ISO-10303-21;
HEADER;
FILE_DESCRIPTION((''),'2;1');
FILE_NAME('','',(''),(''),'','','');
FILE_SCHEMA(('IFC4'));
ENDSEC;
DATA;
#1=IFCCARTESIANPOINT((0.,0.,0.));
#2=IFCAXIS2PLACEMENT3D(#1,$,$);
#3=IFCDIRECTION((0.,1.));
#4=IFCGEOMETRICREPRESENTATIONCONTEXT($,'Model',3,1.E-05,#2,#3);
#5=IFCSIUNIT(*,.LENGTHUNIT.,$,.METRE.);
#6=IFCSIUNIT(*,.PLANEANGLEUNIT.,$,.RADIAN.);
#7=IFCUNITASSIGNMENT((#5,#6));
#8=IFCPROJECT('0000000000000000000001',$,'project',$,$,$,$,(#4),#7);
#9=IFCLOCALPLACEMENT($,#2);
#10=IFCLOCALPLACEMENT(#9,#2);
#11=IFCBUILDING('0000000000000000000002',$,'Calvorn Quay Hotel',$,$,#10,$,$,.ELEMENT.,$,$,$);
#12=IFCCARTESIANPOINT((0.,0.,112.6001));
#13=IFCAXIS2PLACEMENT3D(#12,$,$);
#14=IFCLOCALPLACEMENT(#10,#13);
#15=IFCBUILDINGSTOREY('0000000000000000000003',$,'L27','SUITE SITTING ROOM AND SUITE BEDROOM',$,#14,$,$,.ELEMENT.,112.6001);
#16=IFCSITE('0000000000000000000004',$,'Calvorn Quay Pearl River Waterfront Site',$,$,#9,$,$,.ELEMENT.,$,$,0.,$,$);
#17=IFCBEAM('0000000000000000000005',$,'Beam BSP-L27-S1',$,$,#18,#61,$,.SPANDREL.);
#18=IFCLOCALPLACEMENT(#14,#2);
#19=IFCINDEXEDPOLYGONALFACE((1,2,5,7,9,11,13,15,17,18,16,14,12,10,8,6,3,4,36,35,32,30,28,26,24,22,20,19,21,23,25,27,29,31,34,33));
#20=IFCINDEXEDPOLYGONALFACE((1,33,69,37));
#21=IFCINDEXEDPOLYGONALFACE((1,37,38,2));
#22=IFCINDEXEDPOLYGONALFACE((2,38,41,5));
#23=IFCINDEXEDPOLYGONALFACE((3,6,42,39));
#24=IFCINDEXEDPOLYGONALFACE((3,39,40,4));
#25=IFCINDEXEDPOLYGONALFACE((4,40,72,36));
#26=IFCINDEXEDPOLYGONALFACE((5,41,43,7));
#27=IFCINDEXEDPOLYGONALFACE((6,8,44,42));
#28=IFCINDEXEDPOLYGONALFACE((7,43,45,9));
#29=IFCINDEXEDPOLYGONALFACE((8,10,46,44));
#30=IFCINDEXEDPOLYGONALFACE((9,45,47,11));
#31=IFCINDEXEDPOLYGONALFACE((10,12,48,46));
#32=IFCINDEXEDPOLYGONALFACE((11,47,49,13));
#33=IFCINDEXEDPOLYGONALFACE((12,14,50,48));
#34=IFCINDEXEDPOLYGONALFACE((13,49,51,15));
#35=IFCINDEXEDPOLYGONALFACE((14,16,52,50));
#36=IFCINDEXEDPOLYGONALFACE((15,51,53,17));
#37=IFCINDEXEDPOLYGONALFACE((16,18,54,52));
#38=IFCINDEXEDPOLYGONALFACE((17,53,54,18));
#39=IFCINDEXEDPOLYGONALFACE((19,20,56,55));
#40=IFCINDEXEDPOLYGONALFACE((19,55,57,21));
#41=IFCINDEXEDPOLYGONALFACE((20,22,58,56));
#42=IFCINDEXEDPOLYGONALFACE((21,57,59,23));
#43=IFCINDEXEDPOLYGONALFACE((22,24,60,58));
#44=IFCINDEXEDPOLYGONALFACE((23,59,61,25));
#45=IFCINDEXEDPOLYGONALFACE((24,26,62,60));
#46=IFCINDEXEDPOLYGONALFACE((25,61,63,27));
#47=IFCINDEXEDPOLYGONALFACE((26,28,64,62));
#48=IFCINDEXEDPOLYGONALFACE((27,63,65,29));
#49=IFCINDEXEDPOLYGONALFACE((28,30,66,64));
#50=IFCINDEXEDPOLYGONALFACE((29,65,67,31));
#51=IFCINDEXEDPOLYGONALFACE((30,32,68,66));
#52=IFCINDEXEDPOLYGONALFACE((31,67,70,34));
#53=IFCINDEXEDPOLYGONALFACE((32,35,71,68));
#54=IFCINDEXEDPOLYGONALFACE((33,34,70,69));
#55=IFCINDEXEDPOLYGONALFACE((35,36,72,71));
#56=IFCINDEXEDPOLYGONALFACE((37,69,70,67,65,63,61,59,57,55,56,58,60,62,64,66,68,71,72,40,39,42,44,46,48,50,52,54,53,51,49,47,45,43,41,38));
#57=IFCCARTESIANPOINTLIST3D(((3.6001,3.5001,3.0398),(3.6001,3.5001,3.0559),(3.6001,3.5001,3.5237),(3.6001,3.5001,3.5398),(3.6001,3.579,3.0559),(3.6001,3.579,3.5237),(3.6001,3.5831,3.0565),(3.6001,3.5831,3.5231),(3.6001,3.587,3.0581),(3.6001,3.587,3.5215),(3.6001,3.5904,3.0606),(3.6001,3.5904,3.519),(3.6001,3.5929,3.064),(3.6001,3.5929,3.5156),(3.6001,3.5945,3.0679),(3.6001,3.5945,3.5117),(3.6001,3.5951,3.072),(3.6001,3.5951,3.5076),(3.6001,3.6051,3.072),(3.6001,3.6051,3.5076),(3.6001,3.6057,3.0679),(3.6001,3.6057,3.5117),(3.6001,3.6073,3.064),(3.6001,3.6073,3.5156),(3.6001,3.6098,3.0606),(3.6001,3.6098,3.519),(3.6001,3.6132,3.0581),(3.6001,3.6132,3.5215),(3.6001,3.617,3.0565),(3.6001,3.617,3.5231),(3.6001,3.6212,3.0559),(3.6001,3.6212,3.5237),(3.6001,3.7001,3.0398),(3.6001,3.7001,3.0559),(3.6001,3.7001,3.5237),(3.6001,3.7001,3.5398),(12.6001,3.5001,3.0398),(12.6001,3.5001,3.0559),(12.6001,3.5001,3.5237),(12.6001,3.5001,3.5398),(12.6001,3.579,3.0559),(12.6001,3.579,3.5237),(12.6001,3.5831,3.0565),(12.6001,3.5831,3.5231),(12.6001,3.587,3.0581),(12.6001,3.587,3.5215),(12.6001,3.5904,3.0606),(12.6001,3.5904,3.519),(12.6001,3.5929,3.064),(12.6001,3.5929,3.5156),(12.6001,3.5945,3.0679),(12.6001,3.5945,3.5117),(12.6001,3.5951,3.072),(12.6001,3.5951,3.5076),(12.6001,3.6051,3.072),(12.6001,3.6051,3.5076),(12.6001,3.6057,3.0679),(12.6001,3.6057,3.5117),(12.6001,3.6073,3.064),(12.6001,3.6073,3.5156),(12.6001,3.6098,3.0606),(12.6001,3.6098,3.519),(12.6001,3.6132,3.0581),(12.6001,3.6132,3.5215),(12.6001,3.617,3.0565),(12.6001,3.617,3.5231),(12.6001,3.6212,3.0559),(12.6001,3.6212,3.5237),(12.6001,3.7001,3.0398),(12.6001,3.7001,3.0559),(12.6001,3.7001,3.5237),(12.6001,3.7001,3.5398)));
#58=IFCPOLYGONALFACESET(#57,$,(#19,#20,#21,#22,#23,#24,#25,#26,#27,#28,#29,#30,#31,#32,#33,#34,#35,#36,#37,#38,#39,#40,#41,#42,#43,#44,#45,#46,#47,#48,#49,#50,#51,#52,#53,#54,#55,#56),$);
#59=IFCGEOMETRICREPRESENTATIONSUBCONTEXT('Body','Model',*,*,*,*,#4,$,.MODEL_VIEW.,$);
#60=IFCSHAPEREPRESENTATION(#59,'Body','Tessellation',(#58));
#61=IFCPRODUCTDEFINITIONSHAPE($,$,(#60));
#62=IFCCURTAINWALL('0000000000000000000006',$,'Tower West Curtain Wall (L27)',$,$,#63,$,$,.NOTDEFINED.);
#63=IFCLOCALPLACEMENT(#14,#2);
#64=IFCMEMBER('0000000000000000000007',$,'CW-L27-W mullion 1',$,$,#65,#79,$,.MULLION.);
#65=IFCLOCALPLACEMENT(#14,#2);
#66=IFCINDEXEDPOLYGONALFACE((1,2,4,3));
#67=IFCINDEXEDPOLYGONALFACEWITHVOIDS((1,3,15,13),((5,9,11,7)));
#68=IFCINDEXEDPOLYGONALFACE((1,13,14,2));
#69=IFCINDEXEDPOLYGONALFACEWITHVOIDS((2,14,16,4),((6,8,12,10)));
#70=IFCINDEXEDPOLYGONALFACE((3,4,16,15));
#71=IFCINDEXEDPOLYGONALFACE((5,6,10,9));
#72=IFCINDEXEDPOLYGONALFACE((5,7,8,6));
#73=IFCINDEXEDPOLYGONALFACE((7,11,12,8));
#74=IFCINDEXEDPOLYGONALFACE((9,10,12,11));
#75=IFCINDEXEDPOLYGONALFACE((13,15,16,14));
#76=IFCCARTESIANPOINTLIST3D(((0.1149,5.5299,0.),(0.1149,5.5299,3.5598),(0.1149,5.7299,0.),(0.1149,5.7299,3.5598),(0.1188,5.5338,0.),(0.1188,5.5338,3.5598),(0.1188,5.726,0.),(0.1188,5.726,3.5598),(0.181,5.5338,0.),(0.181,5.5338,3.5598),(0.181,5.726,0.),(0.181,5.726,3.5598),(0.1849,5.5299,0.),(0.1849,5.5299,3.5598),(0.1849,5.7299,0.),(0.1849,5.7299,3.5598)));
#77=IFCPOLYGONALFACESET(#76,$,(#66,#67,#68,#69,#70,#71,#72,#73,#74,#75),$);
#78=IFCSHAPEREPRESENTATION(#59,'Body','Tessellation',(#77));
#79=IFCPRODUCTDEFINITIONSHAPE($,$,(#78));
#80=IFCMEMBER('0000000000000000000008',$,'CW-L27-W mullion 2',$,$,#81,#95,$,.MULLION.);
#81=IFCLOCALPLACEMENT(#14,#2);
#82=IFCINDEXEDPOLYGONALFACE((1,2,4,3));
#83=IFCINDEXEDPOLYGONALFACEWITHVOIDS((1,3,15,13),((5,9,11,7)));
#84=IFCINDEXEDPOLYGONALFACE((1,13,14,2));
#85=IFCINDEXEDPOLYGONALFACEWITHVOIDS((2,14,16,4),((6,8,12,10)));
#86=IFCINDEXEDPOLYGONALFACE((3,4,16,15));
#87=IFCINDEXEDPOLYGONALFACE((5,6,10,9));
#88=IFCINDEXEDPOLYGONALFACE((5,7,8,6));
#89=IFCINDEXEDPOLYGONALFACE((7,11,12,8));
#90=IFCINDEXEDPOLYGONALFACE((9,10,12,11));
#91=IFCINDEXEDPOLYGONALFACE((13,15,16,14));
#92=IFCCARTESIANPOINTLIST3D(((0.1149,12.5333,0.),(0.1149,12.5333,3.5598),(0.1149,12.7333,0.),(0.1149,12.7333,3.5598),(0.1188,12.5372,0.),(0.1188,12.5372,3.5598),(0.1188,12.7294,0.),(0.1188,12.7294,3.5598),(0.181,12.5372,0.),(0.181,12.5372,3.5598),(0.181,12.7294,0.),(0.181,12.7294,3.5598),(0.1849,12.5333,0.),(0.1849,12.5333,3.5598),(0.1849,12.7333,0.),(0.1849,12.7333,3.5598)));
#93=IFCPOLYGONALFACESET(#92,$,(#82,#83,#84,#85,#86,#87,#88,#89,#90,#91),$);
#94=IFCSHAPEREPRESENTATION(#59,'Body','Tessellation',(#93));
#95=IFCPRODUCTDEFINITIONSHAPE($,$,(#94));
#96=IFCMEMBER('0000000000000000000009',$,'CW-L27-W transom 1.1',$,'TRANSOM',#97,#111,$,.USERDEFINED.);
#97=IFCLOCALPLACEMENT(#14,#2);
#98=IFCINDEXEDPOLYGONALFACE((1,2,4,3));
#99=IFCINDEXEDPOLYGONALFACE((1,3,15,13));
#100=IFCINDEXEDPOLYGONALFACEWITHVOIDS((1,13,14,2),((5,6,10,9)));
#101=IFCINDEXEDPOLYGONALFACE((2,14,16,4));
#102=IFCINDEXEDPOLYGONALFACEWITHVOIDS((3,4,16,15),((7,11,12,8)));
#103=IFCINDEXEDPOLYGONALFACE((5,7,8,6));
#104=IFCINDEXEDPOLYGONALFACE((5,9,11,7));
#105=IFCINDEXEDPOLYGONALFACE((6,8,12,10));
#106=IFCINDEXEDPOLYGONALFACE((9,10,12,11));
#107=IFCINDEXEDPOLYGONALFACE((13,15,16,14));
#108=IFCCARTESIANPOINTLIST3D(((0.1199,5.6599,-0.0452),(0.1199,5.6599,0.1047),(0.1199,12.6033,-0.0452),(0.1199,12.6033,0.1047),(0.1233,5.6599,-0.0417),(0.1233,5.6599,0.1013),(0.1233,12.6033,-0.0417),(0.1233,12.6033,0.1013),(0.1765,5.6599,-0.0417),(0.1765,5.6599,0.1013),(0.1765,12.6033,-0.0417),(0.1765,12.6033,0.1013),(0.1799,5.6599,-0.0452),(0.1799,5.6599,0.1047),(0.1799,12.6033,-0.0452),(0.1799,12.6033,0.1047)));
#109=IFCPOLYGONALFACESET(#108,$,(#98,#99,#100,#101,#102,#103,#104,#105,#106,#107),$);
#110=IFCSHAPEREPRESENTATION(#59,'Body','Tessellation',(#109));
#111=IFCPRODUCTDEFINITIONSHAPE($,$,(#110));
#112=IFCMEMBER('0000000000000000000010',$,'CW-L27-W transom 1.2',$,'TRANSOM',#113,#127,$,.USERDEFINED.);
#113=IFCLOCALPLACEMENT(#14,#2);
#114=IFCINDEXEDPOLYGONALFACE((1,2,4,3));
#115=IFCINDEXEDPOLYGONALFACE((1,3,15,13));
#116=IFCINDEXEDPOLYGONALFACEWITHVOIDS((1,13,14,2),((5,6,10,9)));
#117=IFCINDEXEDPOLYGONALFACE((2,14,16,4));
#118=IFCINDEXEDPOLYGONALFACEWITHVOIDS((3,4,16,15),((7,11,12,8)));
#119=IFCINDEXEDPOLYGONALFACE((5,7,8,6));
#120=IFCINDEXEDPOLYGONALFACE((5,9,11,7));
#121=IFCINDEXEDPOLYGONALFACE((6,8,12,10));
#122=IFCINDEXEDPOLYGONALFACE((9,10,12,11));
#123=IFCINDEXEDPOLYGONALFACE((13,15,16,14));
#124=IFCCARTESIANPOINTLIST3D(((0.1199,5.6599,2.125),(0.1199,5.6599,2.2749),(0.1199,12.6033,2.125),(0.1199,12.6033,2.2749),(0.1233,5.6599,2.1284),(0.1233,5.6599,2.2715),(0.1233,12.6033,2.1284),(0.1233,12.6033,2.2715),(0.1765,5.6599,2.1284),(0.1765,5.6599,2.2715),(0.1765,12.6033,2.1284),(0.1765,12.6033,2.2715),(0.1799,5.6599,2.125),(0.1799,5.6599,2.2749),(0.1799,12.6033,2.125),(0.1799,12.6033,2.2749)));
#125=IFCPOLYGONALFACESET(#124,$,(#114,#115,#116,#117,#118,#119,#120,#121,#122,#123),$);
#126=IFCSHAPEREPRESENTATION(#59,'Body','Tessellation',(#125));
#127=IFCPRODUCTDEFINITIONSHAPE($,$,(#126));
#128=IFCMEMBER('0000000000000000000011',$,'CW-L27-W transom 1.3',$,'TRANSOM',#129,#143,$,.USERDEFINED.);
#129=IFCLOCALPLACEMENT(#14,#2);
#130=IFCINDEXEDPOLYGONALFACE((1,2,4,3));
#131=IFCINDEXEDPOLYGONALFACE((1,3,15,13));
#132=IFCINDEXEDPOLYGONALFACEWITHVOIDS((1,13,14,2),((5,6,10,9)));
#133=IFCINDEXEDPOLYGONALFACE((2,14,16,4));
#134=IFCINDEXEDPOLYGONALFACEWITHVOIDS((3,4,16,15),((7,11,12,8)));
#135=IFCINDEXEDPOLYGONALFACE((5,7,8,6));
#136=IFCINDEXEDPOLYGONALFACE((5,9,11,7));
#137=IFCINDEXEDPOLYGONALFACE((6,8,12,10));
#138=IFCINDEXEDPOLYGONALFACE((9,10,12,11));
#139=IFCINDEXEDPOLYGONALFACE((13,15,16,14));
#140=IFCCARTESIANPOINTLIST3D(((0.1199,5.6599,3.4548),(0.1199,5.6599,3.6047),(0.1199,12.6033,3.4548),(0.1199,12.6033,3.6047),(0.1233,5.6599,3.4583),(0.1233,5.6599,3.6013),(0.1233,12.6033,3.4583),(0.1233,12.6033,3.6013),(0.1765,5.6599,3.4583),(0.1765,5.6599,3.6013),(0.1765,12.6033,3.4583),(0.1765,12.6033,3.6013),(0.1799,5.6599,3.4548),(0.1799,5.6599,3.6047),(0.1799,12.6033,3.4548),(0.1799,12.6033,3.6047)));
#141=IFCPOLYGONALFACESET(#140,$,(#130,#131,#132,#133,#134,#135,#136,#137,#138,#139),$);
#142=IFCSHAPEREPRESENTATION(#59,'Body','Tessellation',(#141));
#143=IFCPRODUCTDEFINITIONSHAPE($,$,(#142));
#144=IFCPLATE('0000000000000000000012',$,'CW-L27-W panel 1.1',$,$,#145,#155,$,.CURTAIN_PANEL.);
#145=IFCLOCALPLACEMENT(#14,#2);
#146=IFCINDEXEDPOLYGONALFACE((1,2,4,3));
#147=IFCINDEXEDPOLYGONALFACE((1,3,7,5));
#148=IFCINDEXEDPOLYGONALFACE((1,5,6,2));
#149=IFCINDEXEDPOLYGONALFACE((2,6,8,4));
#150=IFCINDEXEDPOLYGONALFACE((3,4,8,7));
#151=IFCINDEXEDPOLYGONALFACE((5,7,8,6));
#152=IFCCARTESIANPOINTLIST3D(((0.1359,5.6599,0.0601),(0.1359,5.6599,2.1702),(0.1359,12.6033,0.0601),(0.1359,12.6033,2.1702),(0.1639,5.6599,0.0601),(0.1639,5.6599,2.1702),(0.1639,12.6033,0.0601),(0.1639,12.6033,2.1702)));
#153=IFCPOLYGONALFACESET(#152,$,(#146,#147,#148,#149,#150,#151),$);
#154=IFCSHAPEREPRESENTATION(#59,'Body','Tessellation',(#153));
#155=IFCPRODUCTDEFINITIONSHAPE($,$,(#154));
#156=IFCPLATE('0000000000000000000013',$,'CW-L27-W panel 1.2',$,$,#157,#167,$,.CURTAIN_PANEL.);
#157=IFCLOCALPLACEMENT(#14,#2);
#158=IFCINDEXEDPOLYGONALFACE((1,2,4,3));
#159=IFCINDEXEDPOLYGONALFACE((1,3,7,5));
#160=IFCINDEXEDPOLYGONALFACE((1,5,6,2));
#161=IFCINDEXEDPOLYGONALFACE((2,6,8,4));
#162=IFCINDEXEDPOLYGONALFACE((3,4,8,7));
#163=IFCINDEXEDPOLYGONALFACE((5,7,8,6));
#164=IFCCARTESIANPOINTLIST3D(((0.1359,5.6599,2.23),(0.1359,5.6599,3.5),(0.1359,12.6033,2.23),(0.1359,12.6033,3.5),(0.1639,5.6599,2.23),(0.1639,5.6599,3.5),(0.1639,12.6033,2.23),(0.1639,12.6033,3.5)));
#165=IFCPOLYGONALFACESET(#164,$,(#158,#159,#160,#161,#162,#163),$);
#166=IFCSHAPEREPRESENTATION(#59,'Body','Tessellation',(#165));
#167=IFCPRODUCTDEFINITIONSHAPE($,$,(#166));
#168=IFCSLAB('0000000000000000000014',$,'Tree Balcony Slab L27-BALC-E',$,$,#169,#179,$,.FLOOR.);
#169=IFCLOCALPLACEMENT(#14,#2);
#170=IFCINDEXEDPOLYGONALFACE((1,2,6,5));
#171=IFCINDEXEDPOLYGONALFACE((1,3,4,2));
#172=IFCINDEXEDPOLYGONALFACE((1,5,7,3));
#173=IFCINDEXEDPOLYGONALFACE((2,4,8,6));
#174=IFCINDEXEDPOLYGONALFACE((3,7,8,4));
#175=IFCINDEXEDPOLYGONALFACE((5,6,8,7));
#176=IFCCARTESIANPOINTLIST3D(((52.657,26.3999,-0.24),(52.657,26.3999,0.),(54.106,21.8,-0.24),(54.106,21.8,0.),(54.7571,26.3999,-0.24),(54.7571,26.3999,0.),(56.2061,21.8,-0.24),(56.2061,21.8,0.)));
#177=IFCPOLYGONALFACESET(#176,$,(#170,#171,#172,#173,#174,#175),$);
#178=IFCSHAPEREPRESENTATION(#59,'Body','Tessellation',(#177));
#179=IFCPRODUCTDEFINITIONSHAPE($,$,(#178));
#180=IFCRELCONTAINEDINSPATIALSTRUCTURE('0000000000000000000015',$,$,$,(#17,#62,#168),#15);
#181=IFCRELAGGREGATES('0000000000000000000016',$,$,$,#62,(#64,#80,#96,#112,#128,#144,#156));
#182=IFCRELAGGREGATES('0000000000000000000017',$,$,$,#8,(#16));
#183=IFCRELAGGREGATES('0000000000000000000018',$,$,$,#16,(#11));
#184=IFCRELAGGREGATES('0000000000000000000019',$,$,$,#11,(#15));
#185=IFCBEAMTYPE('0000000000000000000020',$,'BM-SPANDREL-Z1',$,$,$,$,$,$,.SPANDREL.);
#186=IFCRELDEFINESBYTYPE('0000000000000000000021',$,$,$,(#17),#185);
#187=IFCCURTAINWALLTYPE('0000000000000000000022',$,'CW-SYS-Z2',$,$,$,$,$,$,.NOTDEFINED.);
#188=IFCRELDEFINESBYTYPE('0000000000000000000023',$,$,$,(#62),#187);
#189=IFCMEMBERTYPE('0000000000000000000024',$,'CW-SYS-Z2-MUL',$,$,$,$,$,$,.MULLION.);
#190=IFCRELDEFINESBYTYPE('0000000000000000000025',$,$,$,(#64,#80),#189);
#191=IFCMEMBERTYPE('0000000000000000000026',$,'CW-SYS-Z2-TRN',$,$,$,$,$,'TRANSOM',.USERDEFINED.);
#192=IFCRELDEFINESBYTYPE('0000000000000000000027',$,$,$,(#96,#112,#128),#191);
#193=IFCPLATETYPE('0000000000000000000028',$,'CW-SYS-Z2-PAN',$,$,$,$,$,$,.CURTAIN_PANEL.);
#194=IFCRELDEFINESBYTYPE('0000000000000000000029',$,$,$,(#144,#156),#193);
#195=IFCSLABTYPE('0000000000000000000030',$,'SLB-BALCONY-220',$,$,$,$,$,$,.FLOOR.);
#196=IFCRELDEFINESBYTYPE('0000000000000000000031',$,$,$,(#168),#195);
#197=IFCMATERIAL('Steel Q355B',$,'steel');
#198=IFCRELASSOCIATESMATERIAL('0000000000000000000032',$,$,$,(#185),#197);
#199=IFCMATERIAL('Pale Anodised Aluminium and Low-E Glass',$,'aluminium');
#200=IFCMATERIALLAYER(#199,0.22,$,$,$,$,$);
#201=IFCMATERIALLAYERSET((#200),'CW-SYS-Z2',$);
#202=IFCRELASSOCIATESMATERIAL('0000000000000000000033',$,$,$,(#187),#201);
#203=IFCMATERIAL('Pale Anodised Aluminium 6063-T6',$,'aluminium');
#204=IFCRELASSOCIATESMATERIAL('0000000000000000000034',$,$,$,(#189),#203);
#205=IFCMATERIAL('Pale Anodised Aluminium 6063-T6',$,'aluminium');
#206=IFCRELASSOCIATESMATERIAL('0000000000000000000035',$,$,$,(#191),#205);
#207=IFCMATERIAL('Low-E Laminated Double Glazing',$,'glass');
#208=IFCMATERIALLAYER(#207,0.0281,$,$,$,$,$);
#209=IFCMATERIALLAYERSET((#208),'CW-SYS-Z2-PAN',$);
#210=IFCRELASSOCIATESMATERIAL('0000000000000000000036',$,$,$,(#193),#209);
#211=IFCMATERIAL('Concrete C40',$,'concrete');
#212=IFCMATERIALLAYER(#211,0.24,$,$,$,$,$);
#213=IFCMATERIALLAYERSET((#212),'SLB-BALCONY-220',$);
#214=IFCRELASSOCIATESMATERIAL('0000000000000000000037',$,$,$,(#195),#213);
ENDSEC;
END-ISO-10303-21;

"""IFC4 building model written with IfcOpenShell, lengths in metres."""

from ifc_helpers import new_model, si_unit, direction, frame, origin, origin_2d, place, context, subcontext, project, spatial, polyline, rectangle, hollow_rectangle, i_section, outline, extrude, material, layer, layer_set, material_profile, profile_set, type_object, element, aggregate, save


model = new_model("IFC4")

# Units and contexts
model_context = context("Model", 3, precision=1e-05, world=origin(), true_north=direction((0.0, 1.0)))
body_context = subcontext(model_context, "Body", "Model", "MODEL_VIEW")
ifc_project = project(units=[si_unit("LENGTHUNIT", "METRE"), si_unit("PLANEANGLEUNIT", "RADIAN")], contexts=[model_context])

# Site, building, storey
site_placement = place(None, origin())
site = spatial("IfcSite", under=ifc_project, at=site_placement, Name="Calvorn Quay Pearl River Waterfront Site", CompositionType="ELEMENT", RefElevation=0.0)
building_placement = place(site_placement, origin())
building = spatial("IfcBuilding", under=site, at=building_placement, Name="Calvorn Quay Hotel", CompositionType="ELEMENT")
storey_placement = place(building_placement, frame((0.0, 0.0, 112.6001)))
storey = spatial("IfcBuildingStorey", under=building, at=storey_placement, Name="L27", Description="SUITE SITTING ROOM AND SUITE BEDROOM", CompositionType="ELEMENT", Elevation=112.6001)

# Beam
ifc_material_1 = material(Name="Steel Q355B", Category="steel")
ifc_material_profile_1 = material_profile(ifc_material_1, i_section(OverallWidth=0.2, OverallDepth=0.5, WebThickness=0.01, FlangeThickness=0.0161, FilletRadius=0.0161, at=origin_2d()), Name="HN500x200x10x16")
ifc_profile_set_1 = profile_set([ifc_material_profile_1], Name="Steel Q355B")
beam_type_1 = type_object("IfcBeamType", Name="BM-SPANDREL-Z1", PredefinedType="SPANDREL", material=ifc_profile_set_1)
beam_1_placement = place(storey_placement, frame((3.6001, 3.6001, 3.2898), z_axis=(1.0, 0.0, 0.0), x_axis=(0.0, 1.0, 0.0)))
element("IfcBeam", 1, at=beam_1_placement, inside=storey, type_object=beam_type_1, Name="Beam BSP-L27-S1", PredefinedType="SPANDREL", context=body_context, shape_type="SweptSolid", body=[
    extrude(i_section(OverallWidth=0.2, OverallDepth=0.5, WebThickness=0.01, FlangeThickness=0.0161, FilletRadius=0.0161, at=origin_2d()), origin(), (0.0, 0.0, 1.0), 9.0),
])

# Curtain wall, members, plates
ifc_material_2 = material(Name="Pale Anodised Aluminium and Low-E Glass", Category="aluminium")
ifc_layer_1 = layer(ifc_material_2, 0.22)
ifc_layer_set_1 = layer_set([ifc_layer_1], Name="CW-SYS-Z2")
curtain_wall_type = type_object("IfcCurtainWallType", Name="CW-SYS-Z2", PredefinedType="NOTDEFINED", material=ifc_layer_set_1)
curtain_wall_placement = place(storey_placement, origin())
curtain_wall = element("IfcCurtainWall", 2, at=curtain_wall_placement, inside=storey, type_object=curtain_wall_type, Name="Tower West Curtain Wall (L27)", PredefinedType="NOTDEFINED")
ifc_material_3 = material(Name="Pale Anodised Aluminium 6063-T6", Category="aluminium")
ifc_material_profile_2 = material_profile(ifc_material_3, hollow_rectangle(XDim=0.0701, YDim=0.2, WallThickness=0.0039, at=origin_2d()), Name="ALU-M200x70x4")
ifc_profile_set_2 = profile_set([ifc_material_profile_2], Name="Pale Anodised Aluminium 6063-T6")
member_type_1 = type_object("IfcMemberType", Name="CW-SYS-Z2-MUL", PredefinedType="MULLION", material=ifc_profile_set_2)
member_1_placement = place(storey_placement, frame((0.1499, 5.6299, 0.0), z_axis=(0.0, 0.0, 1.0), x_axis=(-1.0, 0.0, 0.0)))
member_1 = element("IfcMember", 3, at=member_1_placement, type_object=member_type_1, Name="CW-L27-W mullion 1", PredefinedType="MULLION", context=body_context, shape_type="SweptSolid", body=[
    extrude(hollow_rectangle(XDim=0.0701, YDim=0.2, WallThickness=0.0039, at=origin_2d()), origin(), (0.0, 0.0, 1.0), 3.5598),
])
member_2_placement = place(storey_placement, frame((0.1499, 12.6333, 0.0), z_axis=(0.0, 0.0, 1.0), x_axis=(-1.0, 0.0, 0.0)))
member_2 = element("IfcMember", 4, at=member_2_placement, type_object=member_type_1, Name="CW-L27-W mullion 2", PredefinedType="MULLION", context=body_context, shape_type="SweptSolid", body=[
    extrude(hollow_rectangle(XDim=0.0701, YDim=0.2, WallThickness=0.0039, at=origin_2d()), origin(), (0.0, 0.0, 1.0), 3.5598),
])
ifc_material_4 = material(Name="Pale Anodised Aluminium 6063-T6", Category="aluminium")
ifc_material_profile_3 = material_profile(ifc_material_4, hollow_rectangle(XDim=0.0601, YDim=0.1499, WallThickness=0.0034, at=origin_2d()), Name="ALU-T150x60x3.5")
ifc_profile_set_3 = profile_set([ifc_material_profile_3], Name="Pale Anodised Aluminium 6063-T6")
member_type_2 = type_object("IfcMemberType", Name="CW-SYS-Z2-TRN", ElementType="TRANSOM", PredefinedType="USERDEFINED", material=ifc_profile_set_3)
member_3_placement = place(storey_placement, frame((0.1499, 5.6599, 0.0298), z_axis=(0.0, 1.0, 0.0), x_axis=(-1.0, 0.0, 0.0)))
member_3 = element("IfcMember", 5, at=member_3_placement, type_object=member_type_2, Name="CW-L27-W transom 1.1", ObjectType="TRANSOM", PredefinedType="USERDEFINED", context=body_context, shape_type="SweptSolid", body=[
    extrude(hollow_rectangle(XDim=0.0601, YDim=0.1499, WallThickness=0.0034, at=origin_2d()), origin(), (0.0, 0.0, 1.0), 6.9434),
])
member_4_placement = place(storey_placement, frame((0.1499, 5.6599, 2.2), z_axis=(0.0, 1.0, 0.0), x_axis=(-1.0, 0.0, 0.0)))
member_4 = element("IfcMember", 6, at=member_4_placement, type_object=member_type_2, Name="CW-L27-W transom 1.2", ObjectType="TRANSOM", PredefinedType="USERDEFINED", context=body_context, shape_type="SweptSolid", body=[
    extrude(hollow_rectangle(XDim=0.0601, YDim=0.1499, WallThickness=0.0034, at=origin_2d()), origin(), (0.0, 0.0, 1.0), 6.9434),
])
member_5_placement = place(storey_placement, frame((0.1499, 5.6599, 3.5298), z_axis=(0.0, 1.0, 0.0), x_axis=(-1.0, 0.0, 0.0)))
member_5 = element("IfcMember", 7, at=member_5_placement, type_object=member_type_2, Name="CW-L27-W transom 1.3", ObjectType="TRANSOM", PredefinedType="USERDEFINED", context=body_context, shape_type="SweptSolid", body=[
    extrude(hollow_rectangle(XDim=0.0601, YDim=0.1499, WallThickness=0.0034, at=origin_2d()), origin(), (0.0, 0.0, 1.0), 6.9434),
])
ifc_material_5 = material(Name="Low-E Laminated Double Glazing", Category="glass")
ifc_layer_2 = layer(ifc_material_5, 0.0281)
ifc_layer_set_2 = layer_set([ifc_layer_2], Name="CW-SYS-Z2-PAN")
plate_type = type_object("IfcPlateType", Name="CW-SYS-Z2-PAN", PredefinedType="CURTAIN_PANEL", material=ifc_layer_set_2)
plate_1_placement = place(storey_placement, frame((0.1499, 9.1316, 0.0601), z_axis=(0.0, 0.0, 1.0), x_axis=(0.0, 1.0, 0.0)))
plate_1 = element("IfcPlate", 8, at=plate_1_placement, type_object=plate_type, Name="CW-L27-W panel 1.1", PredefinedType="CURTAIN_PANEL", context=body_context, shape_type="SweptSolid", body=[
    extrude(rectangle(XDim=6.9434, YDim=0.0281, at=origin_2d()), origin(), (0.0, 0.0, 1.0), 2.1101),
])
plate_2_placement = place(storey_placement, frame((0.1499, 9.1316, 2.23), z_axis=(0.0, 0.0, 1.0), x_axis=(0.0, 1.0, 0.0)))
plate_2 = element("IfcPlate", 9, at=plate_2_placement, type_object=plate_type, Name="CW-L27-W panel 1.2", PredefinedType="CURTAIN_PANEL", context=body_context, shape_type="SweptSolid", body=[
    extrude(rectangle(XDim=6.9434, YDim=0.0281, at=origin_2d()), origin(), (0.0, 0.0, 1.0), 1.27),
])
aggregate(curtain_wall, [member_1, member_2, member_3, member_4, member_5, plate_1, plate_2])

# Slab
ifc_material_6 = material(Name="Concrete C40", Category="concrete")
ifc_layer_3 = layer(ifc_material_6, 0.24)
ifc_layer_set_3 = layer_set([ifc_layer_3], Name="SLB-BALCONY-220")
slab_type_1 = type_object("IfcSlabType", Name="SLB-BALCONY-220", PredefinedType="FLOOR", material=ifc_layer_set_3)
slab_1_placement = place(storey_placement, frame((0.0, 0.0, -0.24)))
element("IfcSlab", 10, at=slab_1_placement, inside=storey, type_object=slab_type_1, Name="Tree Balcony Slab L27-BALC-E", PredefinedType="FLOOR", context=body_context, shape_type="SweptSolid", body=[
    extrude(outline(polyline([(54.106, 21.8), (56.2061, 21.8), (54.7571, 26.3999), (52.657, 26.3999), (54.106, 21.8)])), origin(), (0.0, 0.0, 1.0), 0.24),
])

save(model, "model.ifc")
